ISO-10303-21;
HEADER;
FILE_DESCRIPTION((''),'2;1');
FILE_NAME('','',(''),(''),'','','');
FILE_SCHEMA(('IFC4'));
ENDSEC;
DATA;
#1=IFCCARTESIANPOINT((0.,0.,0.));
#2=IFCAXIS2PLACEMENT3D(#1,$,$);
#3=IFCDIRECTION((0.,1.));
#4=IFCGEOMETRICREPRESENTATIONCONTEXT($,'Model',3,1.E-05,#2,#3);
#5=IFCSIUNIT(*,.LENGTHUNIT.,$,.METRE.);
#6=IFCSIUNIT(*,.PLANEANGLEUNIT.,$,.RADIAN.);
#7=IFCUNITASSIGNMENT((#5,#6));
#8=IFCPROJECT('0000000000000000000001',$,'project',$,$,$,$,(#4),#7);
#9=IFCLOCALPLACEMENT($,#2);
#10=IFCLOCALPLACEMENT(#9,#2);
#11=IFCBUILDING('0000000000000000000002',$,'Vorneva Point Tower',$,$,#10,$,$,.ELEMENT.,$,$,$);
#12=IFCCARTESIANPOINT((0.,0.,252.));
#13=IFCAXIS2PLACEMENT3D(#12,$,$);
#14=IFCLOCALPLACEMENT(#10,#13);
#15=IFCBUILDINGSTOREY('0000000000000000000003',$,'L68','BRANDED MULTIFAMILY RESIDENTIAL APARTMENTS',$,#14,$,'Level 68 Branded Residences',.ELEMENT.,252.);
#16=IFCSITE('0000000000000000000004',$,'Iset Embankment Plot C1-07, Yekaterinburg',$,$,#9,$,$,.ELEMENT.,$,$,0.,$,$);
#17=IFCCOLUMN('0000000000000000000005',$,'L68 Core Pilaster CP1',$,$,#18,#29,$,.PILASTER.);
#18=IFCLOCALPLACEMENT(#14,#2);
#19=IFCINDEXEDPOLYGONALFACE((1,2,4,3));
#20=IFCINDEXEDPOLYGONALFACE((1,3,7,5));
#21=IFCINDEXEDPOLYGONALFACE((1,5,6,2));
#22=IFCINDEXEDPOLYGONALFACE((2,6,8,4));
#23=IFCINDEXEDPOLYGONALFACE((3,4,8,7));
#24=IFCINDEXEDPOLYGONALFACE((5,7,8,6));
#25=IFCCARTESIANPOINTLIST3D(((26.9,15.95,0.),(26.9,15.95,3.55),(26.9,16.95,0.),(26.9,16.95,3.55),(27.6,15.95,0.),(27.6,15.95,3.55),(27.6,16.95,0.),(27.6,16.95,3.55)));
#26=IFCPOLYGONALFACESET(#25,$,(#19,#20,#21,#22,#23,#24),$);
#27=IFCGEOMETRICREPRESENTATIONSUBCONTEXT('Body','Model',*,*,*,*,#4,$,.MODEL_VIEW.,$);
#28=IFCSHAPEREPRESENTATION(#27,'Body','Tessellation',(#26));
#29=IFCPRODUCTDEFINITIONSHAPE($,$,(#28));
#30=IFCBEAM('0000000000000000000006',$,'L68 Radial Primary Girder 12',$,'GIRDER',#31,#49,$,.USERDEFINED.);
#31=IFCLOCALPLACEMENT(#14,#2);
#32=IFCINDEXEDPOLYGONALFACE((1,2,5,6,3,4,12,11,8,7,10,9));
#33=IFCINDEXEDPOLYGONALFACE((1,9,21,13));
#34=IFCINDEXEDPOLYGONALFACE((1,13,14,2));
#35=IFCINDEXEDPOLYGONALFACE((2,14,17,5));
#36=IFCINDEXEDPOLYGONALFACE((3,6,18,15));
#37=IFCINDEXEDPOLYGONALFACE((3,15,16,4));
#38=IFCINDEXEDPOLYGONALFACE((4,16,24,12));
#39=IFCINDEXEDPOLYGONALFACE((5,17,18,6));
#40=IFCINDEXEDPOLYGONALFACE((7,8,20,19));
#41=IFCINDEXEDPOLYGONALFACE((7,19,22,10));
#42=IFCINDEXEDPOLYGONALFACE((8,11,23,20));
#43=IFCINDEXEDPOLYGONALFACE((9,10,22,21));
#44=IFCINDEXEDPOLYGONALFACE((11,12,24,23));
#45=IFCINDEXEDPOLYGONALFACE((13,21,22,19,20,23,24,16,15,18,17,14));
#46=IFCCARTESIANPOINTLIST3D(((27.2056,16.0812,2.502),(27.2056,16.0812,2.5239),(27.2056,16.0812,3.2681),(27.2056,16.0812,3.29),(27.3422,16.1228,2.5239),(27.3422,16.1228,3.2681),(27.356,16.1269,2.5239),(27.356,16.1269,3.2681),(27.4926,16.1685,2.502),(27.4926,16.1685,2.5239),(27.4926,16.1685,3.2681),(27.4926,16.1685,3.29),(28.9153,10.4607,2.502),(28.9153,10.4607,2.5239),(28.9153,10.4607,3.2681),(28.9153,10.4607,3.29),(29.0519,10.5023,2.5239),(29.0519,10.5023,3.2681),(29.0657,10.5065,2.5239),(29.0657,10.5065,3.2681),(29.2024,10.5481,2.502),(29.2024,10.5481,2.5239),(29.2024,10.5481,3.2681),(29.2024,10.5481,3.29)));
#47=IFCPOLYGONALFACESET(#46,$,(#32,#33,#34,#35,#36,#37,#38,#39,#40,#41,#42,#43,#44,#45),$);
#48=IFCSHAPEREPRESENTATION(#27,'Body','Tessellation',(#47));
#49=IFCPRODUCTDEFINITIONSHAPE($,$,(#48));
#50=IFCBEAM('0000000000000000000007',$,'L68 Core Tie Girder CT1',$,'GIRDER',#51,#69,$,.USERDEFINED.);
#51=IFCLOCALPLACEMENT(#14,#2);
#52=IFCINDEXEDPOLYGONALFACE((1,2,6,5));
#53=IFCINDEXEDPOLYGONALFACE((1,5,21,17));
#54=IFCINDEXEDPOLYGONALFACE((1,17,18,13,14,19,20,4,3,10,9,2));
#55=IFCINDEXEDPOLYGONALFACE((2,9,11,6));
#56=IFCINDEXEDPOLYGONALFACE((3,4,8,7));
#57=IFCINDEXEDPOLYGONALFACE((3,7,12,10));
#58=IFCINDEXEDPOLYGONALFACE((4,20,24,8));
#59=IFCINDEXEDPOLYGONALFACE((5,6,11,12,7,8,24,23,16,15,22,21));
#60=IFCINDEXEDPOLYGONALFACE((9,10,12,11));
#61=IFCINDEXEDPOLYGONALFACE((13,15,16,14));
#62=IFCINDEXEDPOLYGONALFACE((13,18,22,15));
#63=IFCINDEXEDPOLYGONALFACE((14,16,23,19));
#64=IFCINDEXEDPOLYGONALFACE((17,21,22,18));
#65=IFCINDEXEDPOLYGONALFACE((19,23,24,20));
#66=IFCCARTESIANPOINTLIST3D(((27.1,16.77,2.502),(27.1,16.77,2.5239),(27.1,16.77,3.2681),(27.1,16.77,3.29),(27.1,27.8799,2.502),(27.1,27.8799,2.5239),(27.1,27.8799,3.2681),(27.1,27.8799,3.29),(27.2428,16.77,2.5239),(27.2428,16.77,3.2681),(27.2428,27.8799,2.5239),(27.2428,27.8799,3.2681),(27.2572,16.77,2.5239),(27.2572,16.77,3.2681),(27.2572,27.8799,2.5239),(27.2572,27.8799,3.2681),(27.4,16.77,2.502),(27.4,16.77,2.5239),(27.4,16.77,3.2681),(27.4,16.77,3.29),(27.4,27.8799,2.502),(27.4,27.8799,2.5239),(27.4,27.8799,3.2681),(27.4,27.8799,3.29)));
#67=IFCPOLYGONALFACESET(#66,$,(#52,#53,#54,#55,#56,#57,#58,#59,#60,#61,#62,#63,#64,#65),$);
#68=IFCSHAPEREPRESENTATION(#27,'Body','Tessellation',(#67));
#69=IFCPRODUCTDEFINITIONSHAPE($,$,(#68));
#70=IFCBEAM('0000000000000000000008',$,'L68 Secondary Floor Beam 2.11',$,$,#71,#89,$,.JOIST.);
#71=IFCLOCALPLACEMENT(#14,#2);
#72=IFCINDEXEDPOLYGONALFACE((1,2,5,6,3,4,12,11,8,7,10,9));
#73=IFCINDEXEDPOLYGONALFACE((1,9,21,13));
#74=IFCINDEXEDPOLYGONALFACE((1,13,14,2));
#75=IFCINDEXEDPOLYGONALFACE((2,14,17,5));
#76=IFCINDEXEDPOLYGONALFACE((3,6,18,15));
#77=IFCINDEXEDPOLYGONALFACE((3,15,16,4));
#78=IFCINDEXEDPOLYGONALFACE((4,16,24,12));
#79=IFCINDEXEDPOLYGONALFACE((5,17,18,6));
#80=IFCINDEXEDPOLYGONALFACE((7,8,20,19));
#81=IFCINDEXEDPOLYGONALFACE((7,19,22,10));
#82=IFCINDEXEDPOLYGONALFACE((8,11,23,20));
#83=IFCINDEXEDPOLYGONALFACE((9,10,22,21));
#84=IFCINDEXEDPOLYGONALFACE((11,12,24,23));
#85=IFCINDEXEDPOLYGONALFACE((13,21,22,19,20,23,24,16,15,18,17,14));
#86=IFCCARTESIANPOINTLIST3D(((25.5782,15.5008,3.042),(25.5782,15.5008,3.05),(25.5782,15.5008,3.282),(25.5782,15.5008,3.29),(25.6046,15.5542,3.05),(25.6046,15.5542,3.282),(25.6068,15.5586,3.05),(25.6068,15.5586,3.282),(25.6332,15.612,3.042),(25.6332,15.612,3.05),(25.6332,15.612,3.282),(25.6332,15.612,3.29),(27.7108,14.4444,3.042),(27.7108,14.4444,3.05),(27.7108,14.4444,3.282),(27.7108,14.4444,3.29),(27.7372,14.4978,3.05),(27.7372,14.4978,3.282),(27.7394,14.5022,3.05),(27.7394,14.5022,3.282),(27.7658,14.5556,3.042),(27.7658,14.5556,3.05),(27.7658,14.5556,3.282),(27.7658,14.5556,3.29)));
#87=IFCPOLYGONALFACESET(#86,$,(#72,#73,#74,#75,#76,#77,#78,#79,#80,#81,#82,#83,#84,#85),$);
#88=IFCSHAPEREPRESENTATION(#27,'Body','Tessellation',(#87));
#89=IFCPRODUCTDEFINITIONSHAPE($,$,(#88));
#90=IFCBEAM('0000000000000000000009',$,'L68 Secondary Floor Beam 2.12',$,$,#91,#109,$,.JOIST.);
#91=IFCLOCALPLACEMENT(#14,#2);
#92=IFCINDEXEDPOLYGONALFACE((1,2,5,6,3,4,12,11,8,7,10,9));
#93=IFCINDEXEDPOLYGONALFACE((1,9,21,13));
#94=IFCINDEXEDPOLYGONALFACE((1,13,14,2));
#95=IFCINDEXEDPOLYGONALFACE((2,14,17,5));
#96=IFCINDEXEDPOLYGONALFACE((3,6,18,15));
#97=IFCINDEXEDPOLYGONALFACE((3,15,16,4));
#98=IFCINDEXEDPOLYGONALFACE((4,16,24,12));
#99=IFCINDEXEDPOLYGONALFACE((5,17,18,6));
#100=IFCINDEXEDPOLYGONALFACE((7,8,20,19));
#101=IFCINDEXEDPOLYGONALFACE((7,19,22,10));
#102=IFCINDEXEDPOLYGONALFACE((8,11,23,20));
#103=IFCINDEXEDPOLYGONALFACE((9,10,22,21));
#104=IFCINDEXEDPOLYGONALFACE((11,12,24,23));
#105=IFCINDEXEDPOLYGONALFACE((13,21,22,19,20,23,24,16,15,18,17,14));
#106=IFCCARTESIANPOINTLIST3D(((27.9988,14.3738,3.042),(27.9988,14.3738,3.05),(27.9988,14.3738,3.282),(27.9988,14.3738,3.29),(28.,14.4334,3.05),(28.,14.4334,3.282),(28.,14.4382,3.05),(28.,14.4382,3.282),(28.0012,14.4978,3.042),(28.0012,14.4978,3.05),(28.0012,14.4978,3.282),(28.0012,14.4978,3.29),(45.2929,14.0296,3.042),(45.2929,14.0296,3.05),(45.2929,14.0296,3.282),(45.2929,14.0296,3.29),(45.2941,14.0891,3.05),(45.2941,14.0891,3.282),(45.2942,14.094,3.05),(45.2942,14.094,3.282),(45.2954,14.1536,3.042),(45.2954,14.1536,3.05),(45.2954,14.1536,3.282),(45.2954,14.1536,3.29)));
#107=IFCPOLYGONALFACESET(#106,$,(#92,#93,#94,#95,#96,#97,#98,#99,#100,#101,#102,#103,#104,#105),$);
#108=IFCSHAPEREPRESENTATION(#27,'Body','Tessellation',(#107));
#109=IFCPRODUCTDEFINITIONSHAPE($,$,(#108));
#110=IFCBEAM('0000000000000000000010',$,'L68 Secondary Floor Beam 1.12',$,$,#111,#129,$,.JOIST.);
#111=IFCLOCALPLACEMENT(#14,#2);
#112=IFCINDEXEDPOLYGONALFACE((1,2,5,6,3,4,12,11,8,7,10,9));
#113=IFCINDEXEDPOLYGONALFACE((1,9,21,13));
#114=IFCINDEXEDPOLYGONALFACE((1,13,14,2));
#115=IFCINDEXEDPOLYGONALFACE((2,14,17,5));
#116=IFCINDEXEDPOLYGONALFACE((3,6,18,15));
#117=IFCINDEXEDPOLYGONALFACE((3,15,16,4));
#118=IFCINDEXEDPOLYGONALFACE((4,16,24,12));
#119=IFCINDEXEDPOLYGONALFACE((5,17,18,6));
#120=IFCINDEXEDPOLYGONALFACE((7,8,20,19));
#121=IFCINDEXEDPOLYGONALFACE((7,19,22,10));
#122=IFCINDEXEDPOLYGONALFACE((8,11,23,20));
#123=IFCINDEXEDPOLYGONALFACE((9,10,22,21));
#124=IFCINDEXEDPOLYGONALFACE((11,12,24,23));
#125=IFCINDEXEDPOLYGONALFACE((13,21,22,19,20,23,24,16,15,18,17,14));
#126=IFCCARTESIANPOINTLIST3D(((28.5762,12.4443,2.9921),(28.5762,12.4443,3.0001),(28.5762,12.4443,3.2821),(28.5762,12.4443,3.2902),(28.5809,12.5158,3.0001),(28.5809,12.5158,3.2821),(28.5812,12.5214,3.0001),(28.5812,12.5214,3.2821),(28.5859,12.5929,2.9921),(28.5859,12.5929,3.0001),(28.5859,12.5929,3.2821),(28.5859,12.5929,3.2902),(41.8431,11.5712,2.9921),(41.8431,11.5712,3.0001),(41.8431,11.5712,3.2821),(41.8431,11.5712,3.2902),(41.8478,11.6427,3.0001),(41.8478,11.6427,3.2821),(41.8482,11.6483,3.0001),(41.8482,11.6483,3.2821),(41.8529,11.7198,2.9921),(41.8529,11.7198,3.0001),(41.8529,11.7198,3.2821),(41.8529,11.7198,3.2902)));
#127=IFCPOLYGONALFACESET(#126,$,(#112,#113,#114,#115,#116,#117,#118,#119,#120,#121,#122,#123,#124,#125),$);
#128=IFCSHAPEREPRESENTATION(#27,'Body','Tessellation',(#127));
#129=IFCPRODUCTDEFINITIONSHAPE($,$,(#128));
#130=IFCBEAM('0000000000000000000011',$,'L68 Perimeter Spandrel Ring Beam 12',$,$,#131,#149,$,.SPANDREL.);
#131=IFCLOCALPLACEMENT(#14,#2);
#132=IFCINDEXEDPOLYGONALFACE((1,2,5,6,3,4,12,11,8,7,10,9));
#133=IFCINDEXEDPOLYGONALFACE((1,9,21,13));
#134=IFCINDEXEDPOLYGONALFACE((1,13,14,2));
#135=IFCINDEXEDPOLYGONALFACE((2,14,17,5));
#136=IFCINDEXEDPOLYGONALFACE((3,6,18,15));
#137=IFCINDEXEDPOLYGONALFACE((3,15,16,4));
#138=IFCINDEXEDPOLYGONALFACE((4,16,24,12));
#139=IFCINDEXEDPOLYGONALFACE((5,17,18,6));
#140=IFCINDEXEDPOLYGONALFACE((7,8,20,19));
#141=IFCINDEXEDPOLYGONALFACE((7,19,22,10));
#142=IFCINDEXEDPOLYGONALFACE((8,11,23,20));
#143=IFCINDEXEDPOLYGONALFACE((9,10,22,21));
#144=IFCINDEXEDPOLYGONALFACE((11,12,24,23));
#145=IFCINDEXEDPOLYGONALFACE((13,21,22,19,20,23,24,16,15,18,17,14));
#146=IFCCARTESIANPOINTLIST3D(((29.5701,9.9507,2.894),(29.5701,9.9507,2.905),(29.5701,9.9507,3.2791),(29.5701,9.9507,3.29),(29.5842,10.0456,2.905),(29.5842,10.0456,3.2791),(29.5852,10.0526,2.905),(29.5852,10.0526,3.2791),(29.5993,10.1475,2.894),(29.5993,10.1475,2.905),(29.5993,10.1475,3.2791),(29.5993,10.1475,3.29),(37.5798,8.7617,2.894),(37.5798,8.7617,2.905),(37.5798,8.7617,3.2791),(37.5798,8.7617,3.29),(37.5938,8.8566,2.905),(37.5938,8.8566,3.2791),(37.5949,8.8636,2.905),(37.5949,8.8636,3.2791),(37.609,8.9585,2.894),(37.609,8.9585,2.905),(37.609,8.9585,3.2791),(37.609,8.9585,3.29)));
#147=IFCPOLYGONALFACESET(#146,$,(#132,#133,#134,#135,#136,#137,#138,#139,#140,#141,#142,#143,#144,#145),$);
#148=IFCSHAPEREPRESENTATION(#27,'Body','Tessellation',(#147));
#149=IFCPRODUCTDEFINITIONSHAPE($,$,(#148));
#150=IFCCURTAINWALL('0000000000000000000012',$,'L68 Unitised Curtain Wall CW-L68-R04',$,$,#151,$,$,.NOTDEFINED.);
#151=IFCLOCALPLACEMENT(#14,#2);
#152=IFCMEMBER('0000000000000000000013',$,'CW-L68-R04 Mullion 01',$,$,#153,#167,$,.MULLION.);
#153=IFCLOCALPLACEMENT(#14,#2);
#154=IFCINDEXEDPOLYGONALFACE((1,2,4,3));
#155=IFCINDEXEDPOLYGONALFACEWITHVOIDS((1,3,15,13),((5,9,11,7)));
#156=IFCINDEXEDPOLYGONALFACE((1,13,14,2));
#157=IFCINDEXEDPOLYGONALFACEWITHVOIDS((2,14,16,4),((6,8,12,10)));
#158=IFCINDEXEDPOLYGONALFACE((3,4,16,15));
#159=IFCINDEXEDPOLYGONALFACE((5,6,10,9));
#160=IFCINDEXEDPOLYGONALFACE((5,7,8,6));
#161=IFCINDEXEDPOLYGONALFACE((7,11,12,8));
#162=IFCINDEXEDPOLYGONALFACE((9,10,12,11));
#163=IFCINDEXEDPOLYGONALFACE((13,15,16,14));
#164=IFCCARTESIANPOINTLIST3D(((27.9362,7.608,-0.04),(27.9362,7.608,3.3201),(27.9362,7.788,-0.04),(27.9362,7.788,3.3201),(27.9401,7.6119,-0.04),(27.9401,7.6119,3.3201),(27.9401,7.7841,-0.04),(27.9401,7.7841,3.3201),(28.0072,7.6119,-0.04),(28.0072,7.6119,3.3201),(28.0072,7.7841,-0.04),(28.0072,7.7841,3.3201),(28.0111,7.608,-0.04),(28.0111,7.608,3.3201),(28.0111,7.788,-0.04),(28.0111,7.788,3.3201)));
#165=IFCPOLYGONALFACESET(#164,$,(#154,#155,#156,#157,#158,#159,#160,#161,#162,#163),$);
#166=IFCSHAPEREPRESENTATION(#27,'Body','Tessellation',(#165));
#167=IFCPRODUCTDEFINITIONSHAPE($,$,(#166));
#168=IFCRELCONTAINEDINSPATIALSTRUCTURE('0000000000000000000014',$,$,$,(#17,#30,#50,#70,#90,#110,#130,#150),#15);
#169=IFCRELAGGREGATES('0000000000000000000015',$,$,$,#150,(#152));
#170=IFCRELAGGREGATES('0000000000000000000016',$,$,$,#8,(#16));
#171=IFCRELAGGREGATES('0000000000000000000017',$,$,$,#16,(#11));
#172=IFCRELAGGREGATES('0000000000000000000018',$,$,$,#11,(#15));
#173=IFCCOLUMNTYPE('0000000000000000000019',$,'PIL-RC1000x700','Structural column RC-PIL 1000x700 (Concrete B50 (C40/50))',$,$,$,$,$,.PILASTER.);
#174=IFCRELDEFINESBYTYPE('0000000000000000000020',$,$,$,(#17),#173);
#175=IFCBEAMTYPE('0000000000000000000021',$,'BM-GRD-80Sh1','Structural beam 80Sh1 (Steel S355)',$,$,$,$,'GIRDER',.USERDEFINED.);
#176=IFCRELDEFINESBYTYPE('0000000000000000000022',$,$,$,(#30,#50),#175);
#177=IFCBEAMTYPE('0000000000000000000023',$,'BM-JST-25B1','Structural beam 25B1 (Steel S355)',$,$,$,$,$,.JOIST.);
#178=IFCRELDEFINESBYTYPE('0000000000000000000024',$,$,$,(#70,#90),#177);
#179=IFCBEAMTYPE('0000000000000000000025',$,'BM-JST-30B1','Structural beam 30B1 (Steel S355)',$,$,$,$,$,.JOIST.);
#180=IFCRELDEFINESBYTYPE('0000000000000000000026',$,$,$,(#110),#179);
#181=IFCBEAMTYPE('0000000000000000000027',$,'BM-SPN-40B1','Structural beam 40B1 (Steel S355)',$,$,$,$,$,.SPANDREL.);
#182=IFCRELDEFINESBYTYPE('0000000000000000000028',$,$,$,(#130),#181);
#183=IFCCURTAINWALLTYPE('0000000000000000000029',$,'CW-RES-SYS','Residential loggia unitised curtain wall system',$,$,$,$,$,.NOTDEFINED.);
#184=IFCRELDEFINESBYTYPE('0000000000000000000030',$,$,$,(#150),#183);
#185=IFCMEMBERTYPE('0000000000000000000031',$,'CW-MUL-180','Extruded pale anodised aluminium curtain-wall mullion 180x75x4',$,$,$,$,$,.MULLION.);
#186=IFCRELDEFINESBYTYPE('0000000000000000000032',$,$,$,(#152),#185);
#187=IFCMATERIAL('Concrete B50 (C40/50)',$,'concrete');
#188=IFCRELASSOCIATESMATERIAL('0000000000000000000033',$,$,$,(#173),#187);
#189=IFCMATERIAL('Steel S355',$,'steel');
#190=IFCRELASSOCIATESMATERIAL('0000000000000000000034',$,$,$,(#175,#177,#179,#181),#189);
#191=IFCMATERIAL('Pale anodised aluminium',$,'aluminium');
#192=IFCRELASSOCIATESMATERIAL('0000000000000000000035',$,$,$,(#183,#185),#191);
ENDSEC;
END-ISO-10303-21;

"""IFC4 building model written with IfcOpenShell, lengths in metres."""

from ifc_helpers import new_model, si_unit, direction, frame, origin, origin_2d, place, context, subcontext, project, spatial, rectangle, hollow_rectangle, i_section, extrude, material, material_profile, profile_set, type_object, element, aggregate, save


model = new_model("IFC4")

# Units and contexts
model_context = context("Model", 3, precision=1e-05, world=origin(), true_north=direction((0.0, 1.0)))
body_context = subcontext(model_context, "Body", "Model", "MODEL_VIEW")
ifc_project = project(units=[si_unit("LENGTHUNIT", "METRE"), si_unit("PLANEANGLEUNIT", "RADIAN")], contexts=[model_context])

# Site, building, storey
site_placement = place(None, origin())
site = spatial("IfcSite", under=ifc_project, at=site_placement, Name="Iset Embankment Plot C1-07, Yekaterinburg", CompositionType="ELEMENT", RefElevation=0.0)
building_placement = place(site_placement, origin())
building = spatial("IfcBuilding", under=site, at=building_placement, Name="Vorneva Point Tower", CompositionType="ELEMENT")
storey_placement = place(building_placement, frame((0.0, 0.0, 252.0)))
storey = spatial("IfcBuildingStorey", under=building, at=storey_placement, Name="L68", Description="BRANDED MULTIFAMILY RESIDENTIAL APARTMENTS", LongName="Level 68 Branded Residences", CompositionType="ELEMENT", Elevation=252.0)

# Column
ifc_material_1 = material(Name="Concrete B50 (C40/50)", Category="concrete")
ifc_material_profile_1 = material_profile(ifc_material_1, rectangle(XDim=0.7, YDim=1.0, at=origin_2d()), Name="RC-PIL 1000x700")
ifc_profile_set_1 = profile_set([ifc_material_profile_1], Name="Concrete B50 (C40/50)")
column_type_1 = type_object("IfcColumnType", Name="PIL-RC1000x700", Description="Structural column RC-PIL 1000x700 (Concrete B50 (C40/50))", PredefinedType="PILASTER", material=ifc_profile_set_1)
column_1_placement = place(storey_placement, frame((27.25, 16.45, 0.0), z_axis=(0.0, 0.0, 1.0), x_axis=(1.0, 0.0, 0.0)))
element("IfcColumn", 1, at=column_1_placement, inside=storey, type_object=column_type_1, Name="L68 Core Pilaster CP1", PredefinedType="PILASTER", context=body_context, shape_type="SweptSolid", body=[
    extrude(rectangle(XDim=0.7, YDim=1.0, at=origin_2d()), origin(), (0.0, 0.0, 1.0), 3.55),
])

# Beams
ifc_material_2 = material(Name="Steel S355", Category="steel")
ifc_material_profile_2 = material_profile(ifc_material_2, i_section(OverallWidth=0.3, OverallDepth=0.7881, WebThickness=0.0144, FlangeThickness=0.022, at=origin_2d()), Name="80Sh1")
ifc_profile_set_2 = profile_set([ifc_material_profile_2], Name="Steel S355")
beam_type_1 = type_object("IfcBeamType", Name="BM-GRD-80Sh1", Description="Structural beam 80Sh1 (Steel S355)", ElementType="GIRDER", PredefinedType="USERDEFINED", material=ifc_profile_set_2)
beam_1_placement = place(storey_placement, frame((29.0588, 10.5044, 2.896), z_axis=(-0.291033, 0.956713, 0.0), x_axis=(-0.956713, -0.291033, 0.0)))
element("IfcBeam", 2, at=beam_1_placement, inside=storey, type_object=beam_type_1, Name="L68 Radial Primary Girder 12", ObjectType="GIRDER", PredefinedType="USERDEFINED", context=body_context, shape_type="SweptSolid", body=[
    extrude(i_section(OverallWidth=0.3, OverallDepth=0.7881, WebThickness=0.0144, FlangeThickness=0.022, at=origin_2d()), origin(), (0.0, 0.0, 1.0), 5.8748),
])
beam_2_placement = place(storey_placement, frame((27.25, 16.77, 2.896), z_axis=(0.0, 1.0, 0.0), x_axis=(-1.0, 0.0, 0.0)))
element("IfcBeam", 3, at=beam_2_placement, inside=storey, type_object=beam_type_1, Name="L68 Core Tie Girder CT1", ObjectType="GIRDER", PredefinedType="USERDEFINED", context=body_context, shape_type="SweptSolid", body=[
    extrude(i_section(OverallWidth=0.3, OverallDepth=0.7881, WebThickness=0.0144, FlangeThickness=0.022, at=origin_2d()), origin(), (0.0, 0.0, 1.0), 11.1099),
])
ifc_material_profile_3 = material_profile(ifc_material_2, i_section(OverallWidth=0.124, OverallDepth=0.248, WebThickness=0.0049, FlangeThickness=0.0081, at=origin_2d()), Name="25B1")
ifc_profile_set_3 = profile_set([ifc_material_profile_3], Name="Steel S355")
beam_type_2 = type_object("IfcBeamType", Name="BM-JST-25B1", Description="Structural beam 25B1 (Steel S355)", PredefinedType="JOIST", material=ifc_profile_set_3)
beam_3_placement = place(storey_placement, frame((25.6057, 15.5564, 3.166), z_axis=(0.896083, -0.443887, 0.0), x_axis=(0.443887, 0.896083, 0.0)))
element("IfcBeam", 4, at=beam_3_placement, inside=storey, type_object=beam_type_2, Name="L68 Secondary Floor Beam 2.11", PredefinedType="JOIST", context=body_context, shape_type="SweptSolid", body=[
    extrude(i_section(OverallWidth=0.124, OverallDepth=0.248, WebThickness=0.0049, FlangeThickness=0.0081, at=origin_2d()), origin(), (0.0, 0.0, 1.0), 2.3799),
])
beam_4_placement = place(storey_placement, frame((28.0, 14.4358, 3.166), z_axis=(0.999802, -0.019901, 0.0), x_axis=(0.019901, 0.999802, 0.0)))
element("IfcBeam", 5, at=beam_4_placement, inside=storey, type_object=beam_type_2, Name="L68 Secondary Floor Beam 2.12", PredefinedType="JOIST", context=body_context, shape_type="SweptSolid", body=[
    extrude(i_section(OverallWidth=0.124, OverallDepth=0.248, WebThickness=0.0049, FlangeThickness=0.0081, at=origin_2d()), origin(), (0.0, 0.0, 1.0), 17.2976),
])
ifc_material_profile_4 = material_profile(ifc_material_2, i_section(OverallWidth=0.1489, OverallDepth=0.2981, WebThickness=0.0056, FlangeThickness=0.0081, at=origin_2d()), Name="30B1")
ifc_profile_set_4 = profile_set([ifc_material_profile_4], Name="Steel S355")
beam_type_3 = type_object("IfcBeamType", Name="BM-JST-30B1", Description="Structural beam 30B1 (Steel S355)", PredefinedType="JOIST", material=ifc_profile_set_4)
beam_5_placement = place(storey_placement, frame((28.5811, 12.5186, 3.1411), z_axis=(0.997842, -0.065665, 0.0), x_axis=(0.065665, 0.997842, 0.0)))
element("IfcBeam", 6, at=beam_5_placement, inside=storey, type_object=beam_type_3, Name="L68 Secondary Floor Beam 1.12", PredefinedType="JOIST", context=body_context, shape_type="SweptSolid", body=[
    extrude(i_section(OverallWidth=0.1489, OverallDepth=0.2981, WebThickness=0.0056, FlangeThickness=0.0081, at=origin_2d()), origin(), (0.0, 0.0, 1.0), 13.2957),
])
ifc_material_profile_5 = material_profile(ifc_material_2, i_section(OverallWidth=0.199, OverallDepth=0.396, WebThickness=0.0071, FlangeThickness=0.011, at=origin_2d()), Name="40B1")
ifc_profile_set_5 = profile_set([ifc_material_profile_5], Name="Steel S355")
beam_type_4 = type_object("IfcBeamType", Name="BM-SPN-40B1", Description="Structural beam 40B1 (Steel S355)", PredefinedType="SPANDREL", material=ifc_profile_set_5)
beam_6_placement = place(storey_placement, frame((29.5847, 10.0491, 3.092), z_axis=(0.989162, -0.146831, 0.0), x_axis=(0.146831, 0.989162, 0.0)))
element("IfcBeam", 7, at=beam_6_placement, inside=storey, type_object=beam_type_4, Name="L68 Perimeter Spandrel Ring Beam 12", PredefinedType="SPANDREL", context=body_context, shape_type="SweptSolid", body=[
    extrude(i_section(OverallWidth=0.199, OverallDepth=0.396, WebThickness=0.0071, FlangeThickness=0.011, at=origin_2d()), origin(), (0.0, 0.0, 1.0), 8.0974),
])

# Curtain wall, member
ifc_material_3 = material(Name="Pale anodised aluminium", Category="aluminium")
curtain_wall_type = type_object("IfcCurtainWallType", Name="CW-RES-SYS", Description="Residential loggia unitised curtain wall system", PredefinedType="NOTDEFINED", material=ifc_material_3)
curtain_wall_placement = place(storey_placement, origin())
curtain_wall = element("IfcCurtainWall", 8, at=curtain_wall_placement, inside=storey, type_object=curtain_wall_type, Name="L68 Unitised Curtain Wall CW-L68-R04", PredefinedType="NOTDEFINED")
ifc_material_profile_6 = material_profile(ifc_material_3, hollow_rectangle(XDim=0.075, YDim=0.1799, WallThickness=0.0039, at=origin_2d()), Name="AL-MUL 180x75x4")
ifc_profile_set_6 = profile_set([ifc_material_profile_6], Name="Pale anodised aluminium")
member_type_1 = type_object("IfcMemberType", Name="CW-MUL-180", Description="Extruded pale anodised aluminium curtain-wall mullion 180x75x4", PredefinedType="MULLION", material=ifc_profile_set_6)
member_1_placement = place(storey_placement, frame((27.9736, 7.698, -0.04), z_axis=(0.0, 0.0, 1.0), x_axis=(1.0, 0.0, 0.0)))
member_1 = element("IfcMember", 9, at=member_1_placement, type_object=member_type_1, Name="CW-L68-R04 Mullion 01", PredefinedType="MULLION", context=body_context, shape_type="SweptSolid", body=[
    extrude(hollow_rectangle(XDim=0.075, YDim=0.1799, WallThickness=0.0039, at=origin_2d()), origin(), (0.0, 0.0, 1.0), 3.3601),
])
aggregate(curtain_wall, [member_1])

save(model, "model.ifc")
